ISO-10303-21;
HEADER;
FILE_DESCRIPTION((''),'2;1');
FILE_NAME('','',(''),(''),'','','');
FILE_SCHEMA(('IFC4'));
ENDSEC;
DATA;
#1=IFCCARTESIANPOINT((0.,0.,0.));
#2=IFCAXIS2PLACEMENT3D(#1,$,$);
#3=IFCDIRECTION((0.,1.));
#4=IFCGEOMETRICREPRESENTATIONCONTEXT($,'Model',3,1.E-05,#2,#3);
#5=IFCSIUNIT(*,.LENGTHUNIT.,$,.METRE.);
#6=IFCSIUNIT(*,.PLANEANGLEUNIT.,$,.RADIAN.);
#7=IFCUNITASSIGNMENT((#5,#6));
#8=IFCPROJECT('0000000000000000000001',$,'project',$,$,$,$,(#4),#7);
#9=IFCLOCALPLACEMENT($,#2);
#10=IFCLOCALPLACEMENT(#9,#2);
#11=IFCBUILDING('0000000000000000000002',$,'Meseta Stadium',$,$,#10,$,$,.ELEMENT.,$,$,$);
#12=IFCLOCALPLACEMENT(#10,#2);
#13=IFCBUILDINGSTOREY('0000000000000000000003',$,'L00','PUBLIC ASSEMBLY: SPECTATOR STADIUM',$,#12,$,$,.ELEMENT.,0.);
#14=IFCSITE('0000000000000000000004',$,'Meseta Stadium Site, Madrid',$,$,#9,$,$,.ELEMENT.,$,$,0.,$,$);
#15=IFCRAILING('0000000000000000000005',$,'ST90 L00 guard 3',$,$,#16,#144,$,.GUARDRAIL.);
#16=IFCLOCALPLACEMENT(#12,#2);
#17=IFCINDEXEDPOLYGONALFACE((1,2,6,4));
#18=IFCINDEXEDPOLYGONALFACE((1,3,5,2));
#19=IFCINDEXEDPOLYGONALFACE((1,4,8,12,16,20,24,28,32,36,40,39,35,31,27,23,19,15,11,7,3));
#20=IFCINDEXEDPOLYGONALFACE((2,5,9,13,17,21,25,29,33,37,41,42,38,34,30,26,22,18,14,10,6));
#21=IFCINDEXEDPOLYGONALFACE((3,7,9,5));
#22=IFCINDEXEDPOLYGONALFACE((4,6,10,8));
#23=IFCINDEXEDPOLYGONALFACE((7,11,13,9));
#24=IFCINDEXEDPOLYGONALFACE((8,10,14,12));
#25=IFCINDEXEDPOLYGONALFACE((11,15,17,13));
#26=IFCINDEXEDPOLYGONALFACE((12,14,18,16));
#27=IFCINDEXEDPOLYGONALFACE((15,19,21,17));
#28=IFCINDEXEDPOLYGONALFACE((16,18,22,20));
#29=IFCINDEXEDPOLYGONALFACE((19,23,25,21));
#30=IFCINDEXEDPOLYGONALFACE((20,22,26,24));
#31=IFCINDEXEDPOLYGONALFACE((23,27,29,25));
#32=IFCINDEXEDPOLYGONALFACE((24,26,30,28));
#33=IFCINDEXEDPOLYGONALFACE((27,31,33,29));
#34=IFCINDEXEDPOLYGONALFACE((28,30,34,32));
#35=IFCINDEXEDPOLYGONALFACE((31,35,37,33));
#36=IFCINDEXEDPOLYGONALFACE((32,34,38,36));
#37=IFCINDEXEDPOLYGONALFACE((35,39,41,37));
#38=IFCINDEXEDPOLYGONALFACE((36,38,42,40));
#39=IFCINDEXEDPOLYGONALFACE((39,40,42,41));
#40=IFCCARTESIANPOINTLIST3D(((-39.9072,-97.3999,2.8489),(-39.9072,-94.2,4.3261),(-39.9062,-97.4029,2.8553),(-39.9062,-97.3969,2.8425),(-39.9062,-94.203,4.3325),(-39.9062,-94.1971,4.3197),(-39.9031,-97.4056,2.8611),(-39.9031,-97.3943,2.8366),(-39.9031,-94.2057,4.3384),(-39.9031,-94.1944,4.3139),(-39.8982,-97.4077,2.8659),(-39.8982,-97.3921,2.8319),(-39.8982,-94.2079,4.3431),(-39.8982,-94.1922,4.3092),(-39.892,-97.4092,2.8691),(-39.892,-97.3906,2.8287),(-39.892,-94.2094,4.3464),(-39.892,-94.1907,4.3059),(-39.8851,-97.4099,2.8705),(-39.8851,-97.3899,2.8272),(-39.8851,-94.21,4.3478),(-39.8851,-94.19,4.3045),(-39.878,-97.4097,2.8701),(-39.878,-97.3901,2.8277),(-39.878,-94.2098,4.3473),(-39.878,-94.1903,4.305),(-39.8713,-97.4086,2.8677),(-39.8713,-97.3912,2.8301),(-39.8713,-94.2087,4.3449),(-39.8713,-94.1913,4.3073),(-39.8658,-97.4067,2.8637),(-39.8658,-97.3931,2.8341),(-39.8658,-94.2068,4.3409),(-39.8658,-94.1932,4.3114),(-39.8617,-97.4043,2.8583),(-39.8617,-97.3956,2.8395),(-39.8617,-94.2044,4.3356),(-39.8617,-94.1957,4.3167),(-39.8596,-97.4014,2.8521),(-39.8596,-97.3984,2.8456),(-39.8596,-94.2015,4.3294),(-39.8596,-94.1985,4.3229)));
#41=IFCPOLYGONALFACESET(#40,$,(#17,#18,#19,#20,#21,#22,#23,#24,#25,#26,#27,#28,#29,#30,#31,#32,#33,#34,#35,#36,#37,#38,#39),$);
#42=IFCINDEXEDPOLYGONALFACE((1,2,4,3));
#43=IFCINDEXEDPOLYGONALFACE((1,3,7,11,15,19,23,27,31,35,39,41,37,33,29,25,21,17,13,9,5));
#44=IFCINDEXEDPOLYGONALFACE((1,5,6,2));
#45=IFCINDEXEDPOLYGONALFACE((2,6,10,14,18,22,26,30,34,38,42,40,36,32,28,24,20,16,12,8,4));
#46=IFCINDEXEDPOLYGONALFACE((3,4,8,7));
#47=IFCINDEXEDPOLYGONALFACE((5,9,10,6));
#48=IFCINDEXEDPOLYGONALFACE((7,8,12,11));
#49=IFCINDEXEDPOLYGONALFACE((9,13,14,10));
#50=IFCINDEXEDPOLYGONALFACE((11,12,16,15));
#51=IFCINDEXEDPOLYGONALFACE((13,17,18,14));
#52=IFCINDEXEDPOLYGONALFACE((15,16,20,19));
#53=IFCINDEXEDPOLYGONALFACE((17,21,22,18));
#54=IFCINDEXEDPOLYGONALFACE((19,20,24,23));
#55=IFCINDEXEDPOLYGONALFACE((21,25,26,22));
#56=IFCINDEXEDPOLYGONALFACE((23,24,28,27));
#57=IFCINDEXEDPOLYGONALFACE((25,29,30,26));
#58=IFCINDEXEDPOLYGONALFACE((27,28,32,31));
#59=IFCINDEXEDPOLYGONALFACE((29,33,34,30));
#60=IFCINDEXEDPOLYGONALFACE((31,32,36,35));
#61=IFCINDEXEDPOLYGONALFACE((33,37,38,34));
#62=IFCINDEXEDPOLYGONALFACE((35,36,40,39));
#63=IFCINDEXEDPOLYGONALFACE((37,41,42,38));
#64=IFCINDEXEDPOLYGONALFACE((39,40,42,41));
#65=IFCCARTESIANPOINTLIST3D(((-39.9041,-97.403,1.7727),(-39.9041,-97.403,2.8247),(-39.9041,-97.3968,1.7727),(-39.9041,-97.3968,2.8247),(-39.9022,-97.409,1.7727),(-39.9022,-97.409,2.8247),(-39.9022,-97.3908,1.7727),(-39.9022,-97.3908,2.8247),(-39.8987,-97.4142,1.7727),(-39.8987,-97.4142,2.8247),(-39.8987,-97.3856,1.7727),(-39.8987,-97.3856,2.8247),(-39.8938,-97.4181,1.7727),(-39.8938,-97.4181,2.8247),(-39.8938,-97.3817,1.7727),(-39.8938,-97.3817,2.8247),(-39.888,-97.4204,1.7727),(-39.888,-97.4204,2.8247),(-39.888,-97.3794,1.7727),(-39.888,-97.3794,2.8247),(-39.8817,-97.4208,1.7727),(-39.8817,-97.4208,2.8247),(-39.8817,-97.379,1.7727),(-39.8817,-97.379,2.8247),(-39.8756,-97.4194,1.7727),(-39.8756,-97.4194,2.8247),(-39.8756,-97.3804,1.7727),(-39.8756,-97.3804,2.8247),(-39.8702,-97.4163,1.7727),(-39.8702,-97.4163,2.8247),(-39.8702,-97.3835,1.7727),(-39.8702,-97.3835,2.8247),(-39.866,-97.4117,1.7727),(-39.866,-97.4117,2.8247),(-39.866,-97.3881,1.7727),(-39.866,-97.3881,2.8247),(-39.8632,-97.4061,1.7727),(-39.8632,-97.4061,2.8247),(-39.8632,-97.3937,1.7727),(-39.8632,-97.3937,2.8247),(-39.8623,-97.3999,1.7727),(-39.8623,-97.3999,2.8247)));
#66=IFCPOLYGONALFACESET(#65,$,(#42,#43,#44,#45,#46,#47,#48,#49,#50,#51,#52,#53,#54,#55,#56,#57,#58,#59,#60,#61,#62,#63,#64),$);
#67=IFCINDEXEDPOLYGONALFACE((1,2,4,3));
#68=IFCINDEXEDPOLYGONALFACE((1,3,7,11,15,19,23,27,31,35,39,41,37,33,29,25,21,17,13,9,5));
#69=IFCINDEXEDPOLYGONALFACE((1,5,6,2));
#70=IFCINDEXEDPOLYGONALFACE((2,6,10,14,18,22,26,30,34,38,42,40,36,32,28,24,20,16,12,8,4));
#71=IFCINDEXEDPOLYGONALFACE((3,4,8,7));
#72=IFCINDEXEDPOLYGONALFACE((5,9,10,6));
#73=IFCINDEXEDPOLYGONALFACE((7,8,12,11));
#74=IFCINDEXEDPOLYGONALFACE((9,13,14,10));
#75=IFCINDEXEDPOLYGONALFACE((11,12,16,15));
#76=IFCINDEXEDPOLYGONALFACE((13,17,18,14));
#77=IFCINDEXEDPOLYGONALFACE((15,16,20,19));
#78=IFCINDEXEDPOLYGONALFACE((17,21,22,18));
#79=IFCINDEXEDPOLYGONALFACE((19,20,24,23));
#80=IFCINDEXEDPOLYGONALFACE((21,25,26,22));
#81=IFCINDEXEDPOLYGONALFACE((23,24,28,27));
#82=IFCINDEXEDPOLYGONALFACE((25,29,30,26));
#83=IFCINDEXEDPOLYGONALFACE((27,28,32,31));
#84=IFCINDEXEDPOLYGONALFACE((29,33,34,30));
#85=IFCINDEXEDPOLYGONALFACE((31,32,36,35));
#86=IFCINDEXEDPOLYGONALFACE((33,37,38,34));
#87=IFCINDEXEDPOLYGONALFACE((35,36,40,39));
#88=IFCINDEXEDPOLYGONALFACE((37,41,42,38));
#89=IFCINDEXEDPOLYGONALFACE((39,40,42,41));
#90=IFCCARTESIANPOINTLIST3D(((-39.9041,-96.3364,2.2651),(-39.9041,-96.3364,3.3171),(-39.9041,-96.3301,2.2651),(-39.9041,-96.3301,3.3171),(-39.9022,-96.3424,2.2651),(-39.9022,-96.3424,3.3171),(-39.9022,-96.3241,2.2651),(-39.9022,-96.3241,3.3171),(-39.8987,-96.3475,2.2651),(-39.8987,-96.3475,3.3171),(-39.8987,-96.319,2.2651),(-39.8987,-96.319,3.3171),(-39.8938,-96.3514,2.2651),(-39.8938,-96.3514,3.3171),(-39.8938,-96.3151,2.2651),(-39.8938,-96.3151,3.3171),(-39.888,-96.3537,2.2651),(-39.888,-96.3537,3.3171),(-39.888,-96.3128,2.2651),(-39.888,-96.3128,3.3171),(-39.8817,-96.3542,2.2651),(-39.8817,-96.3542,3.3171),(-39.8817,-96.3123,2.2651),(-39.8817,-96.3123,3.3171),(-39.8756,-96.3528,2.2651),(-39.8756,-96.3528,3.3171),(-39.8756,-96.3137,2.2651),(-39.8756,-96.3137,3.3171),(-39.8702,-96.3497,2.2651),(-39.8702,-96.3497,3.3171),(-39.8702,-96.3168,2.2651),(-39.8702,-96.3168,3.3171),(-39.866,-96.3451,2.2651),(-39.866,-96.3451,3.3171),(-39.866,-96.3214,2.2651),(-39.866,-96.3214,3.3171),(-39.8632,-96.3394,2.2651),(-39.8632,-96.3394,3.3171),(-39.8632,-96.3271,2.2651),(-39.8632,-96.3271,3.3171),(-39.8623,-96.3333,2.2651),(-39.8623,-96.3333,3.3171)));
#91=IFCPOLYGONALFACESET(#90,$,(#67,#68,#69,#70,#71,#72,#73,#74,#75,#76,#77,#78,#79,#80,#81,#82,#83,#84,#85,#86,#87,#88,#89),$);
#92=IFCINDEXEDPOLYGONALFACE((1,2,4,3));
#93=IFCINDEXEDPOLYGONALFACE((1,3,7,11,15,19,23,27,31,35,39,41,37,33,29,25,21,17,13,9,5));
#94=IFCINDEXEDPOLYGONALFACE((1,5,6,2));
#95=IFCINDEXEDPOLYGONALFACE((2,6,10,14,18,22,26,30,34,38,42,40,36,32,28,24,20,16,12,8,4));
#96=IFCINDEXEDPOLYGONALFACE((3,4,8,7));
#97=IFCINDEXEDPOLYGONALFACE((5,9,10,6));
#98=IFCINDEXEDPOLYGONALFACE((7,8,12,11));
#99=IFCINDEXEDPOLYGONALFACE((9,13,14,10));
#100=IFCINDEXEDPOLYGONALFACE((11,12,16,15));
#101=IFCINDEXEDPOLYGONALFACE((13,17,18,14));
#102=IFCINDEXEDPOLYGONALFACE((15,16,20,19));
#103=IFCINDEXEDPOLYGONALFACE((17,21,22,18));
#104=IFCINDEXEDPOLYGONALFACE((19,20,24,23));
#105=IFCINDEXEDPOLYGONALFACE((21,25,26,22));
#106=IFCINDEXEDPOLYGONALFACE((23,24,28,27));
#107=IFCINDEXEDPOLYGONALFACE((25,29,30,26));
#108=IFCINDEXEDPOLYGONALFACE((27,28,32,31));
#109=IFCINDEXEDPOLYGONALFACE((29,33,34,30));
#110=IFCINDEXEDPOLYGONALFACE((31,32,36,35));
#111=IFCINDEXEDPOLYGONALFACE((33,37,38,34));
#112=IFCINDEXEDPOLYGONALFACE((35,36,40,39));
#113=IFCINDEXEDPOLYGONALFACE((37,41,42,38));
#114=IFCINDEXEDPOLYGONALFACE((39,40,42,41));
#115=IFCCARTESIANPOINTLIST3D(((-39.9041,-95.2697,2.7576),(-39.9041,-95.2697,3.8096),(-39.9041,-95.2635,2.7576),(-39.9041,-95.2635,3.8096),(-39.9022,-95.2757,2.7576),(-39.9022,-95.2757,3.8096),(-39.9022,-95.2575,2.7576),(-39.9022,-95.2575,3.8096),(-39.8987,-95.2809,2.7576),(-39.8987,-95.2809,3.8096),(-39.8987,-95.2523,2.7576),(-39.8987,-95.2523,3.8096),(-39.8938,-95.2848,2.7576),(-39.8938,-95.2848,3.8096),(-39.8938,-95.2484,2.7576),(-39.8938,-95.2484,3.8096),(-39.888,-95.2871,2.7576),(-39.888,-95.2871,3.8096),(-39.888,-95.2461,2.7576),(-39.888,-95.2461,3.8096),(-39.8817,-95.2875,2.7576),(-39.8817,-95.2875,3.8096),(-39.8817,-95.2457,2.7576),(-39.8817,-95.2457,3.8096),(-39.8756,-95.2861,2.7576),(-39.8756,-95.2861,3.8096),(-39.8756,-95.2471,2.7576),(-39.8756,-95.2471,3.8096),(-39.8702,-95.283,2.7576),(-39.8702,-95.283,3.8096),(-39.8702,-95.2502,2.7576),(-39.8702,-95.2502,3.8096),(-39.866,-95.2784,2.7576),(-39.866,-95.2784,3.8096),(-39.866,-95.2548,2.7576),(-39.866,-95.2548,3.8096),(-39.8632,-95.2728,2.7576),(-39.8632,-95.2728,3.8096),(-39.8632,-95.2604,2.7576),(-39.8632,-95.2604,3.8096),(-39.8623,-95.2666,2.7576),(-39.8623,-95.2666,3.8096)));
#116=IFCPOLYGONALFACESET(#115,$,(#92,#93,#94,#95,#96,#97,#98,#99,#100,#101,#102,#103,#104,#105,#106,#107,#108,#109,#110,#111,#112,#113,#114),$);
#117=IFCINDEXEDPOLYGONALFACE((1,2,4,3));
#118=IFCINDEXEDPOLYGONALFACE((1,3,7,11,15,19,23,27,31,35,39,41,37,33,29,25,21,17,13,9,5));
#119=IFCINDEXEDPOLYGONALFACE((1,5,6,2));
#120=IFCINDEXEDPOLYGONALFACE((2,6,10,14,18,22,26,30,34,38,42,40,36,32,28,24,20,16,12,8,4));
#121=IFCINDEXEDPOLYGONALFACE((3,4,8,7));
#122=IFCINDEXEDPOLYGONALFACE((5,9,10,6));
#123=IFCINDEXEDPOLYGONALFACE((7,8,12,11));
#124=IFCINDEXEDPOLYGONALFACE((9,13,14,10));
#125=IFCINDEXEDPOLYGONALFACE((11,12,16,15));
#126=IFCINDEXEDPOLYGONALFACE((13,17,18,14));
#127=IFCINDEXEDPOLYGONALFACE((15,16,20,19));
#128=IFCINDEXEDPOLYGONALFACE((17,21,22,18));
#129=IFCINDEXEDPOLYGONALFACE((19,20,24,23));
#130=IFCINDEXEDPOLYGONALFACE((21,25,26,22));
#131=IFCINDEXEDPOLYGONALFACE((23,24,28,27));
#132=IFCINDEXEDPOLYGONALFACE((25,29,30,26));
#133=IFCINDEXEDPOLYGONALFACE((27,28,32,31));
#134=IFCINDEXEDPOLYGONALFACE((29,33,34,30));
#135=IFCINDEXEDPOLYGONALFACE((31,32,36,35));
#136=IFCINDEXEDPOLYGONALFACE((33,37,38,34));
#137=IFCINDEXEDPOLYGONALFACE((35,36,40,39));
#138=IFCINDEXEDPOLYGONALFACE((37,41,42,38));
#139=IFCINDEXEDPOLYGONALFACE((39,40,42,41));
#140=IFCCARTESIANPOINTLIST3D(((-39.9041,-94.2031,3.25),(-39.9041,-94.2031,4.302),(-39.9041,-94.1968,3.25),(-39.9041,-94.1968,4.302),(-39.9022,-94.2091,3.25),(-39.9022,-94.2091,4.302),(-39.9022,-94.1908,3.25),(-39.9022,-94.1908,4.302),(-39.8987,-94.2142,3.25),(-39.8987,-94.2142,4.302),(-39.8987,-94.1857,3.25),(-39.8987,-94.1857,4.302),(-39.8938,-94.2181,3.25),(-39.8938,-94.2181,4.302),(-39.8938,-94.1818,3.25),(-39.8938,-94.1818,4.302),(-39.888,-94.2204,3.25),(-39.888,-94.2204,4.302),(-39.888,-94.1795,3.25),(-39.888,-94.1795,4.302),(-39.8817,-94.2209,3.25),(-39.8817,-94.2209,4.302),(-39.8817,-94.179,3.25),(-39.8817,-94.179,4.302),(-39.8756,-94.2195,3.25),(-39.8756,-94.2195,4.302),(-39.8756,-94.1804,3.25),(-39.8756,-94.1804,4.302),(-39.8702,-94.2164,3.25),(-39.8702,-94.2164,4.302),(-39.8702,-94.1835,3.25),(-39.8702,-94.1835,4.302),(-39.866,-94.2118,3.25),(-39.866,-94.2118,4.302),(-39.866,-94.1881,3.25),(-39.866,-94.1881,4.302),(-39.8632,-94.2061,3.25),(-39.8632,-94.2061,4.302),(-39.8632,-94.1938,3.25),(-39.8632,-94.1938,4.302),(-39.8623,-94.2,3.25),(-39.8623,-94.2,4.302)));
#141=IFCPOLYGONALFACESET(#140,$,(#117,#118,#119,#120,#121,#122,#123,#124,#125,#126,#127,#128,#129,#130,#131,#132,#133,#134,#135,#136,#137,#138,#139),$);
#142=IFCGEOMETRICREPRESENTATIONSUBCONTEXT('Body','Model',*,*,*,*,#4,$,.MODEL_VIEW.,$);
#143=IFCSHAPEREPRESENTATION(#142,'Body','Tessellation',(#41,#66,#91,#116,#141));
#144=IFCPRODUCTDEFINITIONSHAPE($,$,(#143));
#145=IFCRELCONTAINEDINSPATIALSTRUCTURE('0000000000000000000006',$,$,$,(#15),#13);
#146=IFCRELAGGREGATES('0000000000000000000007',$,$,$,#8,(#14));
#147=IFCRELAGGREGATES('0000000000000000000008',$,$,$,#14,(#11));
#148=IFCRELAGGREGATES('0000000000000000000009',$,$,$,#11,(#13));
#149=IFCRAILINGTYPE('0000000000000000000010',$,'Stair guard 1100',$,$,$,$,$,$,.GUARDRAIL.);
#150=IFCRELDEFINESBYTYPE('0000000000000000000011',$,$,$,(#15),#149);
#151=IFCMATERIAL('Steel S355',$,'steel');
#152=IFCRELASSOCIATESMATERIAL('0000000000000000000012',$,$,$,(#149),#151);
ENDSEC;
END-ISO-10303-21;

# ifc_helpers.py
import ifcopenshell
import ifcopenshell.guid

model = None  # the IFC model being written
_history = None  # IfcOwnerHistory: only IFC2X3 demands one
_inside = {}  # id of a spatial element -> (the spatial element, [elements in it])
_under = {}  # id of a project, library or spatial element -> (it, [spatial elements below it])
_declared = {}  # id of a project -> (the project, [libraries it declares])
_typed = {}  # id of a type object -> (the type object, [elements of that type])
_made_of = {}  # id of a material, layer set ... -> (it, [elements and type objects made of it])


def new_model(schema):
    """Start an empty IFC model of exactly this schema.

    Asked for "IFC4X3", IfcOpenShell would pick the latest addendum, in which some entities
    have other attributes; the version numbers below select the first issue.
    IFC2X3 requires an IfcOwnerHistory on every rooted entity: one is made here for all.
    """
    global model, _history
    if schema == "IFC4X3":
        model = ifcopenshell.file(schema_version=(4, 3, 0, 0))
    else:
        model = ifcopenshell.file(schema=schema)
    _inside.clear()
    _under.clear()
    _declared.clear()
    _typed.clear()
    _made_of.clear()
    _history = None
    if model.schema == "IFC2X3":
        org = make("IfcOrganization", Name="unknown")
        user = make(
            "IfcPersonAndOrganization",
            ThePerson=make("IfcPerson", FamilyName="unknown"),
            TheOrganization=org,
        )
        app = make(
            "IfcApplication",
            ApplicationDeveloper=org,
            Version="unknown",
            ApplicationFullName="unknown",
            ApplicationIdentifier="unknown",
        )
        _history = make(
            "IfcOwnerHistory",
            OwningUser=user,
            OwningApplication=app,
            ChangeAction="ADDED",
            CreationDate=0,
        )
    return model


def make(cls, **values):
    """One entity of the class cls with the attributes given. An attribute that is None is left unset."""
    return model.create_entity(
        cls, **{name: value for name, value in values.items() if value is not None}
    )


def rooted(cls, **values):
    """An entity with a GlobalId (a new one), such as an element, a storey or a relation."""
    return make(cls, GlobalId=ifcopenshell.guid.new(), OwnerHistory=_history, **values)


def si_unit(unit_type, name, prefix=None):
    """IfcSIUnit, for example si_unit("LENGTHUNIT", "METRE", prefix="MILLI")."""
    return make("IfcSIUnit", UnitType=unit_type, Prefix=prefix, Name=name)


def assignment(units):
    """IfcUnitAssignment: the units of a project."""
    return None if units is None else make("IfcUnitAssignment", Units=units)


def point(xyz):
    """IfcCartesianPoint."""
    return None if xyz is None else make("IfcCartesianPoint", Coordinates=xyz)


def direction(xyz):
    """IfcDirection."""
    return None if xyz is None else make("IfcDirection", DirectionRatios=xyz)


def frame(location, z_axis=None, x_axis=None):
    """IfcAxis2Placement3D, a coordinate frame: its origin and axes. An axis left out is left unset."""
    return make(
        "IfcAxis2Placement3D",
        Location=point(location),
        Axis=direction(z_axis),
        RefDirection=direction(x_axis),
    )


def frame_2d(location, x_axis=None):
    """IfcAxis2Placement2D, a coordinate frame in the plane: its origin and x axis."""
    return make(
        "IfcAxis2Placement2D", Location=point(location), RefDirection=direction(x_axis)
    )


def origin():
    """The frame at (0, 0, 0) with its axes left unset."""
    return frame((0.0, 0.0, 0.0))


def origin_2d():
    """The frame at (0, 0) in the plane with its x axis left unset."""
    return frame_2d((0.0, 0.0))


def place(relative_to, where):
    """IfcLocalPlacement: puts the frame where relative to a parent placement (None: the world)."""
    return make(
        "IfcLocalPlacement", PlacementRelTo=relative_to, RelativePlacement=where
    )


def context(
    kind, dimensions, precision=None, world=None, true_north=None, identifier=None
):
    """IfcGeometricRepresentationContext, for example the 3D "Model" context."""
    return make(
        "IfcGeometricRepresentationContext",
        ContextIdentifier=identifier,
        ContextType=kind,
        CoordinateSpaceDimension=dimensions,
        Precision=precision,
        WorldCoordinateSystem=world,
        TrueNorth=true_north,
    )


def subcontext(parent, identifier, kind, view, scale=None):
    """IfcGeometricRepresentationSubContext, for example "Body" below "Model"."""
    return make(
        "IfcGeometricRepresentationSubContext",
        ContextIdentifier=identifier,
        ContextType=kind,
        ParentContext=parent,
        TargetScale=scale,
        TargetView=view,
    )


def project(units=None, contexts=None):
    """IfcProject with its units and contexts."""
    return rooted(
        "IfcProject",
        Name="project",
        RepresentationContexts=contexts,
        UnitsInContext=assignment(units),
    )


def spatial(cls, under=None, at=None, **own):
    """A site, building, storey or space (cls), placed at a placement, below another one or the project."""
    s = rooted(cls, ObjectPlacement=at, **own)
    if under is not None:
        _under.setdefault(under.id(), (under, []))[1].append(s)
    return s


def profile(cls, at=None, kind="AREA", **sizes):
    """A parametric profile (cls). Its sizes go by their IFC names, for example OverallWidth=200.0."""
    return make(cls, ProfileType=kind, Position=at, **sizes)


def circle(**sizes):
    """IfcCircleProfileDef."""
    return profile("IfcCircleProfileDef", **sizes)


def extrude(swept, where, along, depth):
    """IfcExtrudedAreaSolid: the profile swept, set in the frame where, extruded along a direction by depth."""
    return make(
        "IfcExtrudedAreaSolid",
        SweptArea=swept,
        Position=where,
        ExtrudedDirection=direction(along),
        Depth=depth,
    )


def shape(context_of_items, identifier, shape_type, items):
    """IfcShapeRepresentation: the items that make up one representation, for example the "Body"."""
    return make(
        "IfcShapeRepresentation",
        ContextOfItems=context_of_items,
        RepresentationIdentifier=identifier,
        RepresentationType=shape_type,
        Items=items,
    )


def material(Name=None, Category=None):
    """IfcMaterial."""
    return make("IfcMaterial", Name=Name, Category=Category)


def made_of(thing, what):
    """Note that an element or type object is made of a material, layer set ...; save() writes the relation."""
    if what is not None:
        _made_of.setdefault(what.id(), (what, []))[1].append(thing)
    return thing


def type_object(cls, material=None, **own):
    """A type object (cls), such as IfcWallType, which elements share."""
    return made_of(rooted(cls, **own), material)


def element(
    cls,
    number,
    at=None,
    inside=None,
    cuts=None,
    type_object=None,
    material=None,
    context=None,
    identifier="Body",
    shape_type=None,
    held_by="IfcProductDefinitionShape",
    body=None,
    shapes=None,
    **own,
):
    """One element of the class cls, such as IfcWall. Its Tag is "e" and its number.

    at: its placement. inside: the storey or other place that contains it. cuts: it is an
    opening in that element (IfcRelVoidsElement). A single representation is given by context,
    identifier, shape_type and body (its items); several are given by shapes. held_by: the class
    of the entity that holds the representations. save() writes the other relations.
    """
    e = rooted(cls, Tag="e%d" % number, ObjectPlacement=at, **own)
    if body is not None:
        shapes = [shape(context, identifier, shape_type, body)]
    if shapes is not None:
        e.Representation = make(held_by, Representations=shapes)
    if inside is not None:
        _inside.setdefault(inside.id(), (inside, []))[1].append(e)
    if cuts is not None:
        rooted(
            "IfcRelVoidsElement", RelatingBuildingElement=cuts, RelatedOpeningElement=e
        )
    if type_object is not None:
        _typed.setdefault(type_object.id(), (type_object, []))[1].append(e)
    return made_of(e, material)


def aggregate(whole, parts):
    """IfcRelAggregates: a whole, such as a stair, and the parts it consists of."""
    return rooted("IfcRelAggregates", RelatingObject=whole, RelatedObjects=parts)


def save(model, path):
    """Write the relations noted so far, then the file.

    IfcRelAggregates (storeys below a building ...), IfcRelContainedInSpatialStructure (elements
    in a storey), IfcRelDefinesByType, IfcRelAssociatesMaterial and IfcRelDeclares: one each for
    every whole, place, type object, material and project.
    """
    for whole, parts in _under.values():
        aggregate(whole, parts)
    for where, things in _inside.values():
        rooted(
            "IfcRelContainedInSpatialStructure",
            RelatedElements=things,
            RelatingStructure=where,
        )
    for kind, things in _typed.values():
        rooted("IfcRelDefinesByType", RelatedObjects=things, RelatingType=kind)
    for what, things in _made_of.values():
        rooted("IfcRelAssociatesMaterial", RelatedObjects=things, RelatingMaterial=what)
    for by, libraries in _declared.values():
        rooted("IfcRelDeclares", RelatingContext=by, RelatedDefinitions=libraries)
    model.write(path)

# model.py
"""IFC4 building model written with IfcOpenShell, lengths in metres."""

from ifc_helpers import new_model, si_unit, direction, frame, origin, origin_2d, place, context, subcontext, project, spatial, circle, extrude, material, type_object, element, save


model = new_model("IFC4")

# Units and contexts
model_context = context("Model", 3, precision=1e-05, world=origin(), true_north=direction((0.0, 1.0)))
body_context = subcontext(model_context, "Body", "Model", "MODEL_VIEW")
ifc_project = project(units=[si_unit("LENGTHUNIT", "METRE"), si_unit("PLANEANGLEUNIT", "RADIAN")], contexts=[model_context])

# Site, building, storey
site_placement = place(None, origin())
site = spatial("IfcSite", under=ifc_project, at=site_placement, Name="Meseta Stadium Site, Madrid", CompositionType="ELEMENT", RefElevation=0.0)
building_placement = place(site_placement, origin())
building = spatial("IfcBuilding", under=site, at=building_placement, Name="Meseta Stadium", CompositionType="ELEMENT")
storey_placement = place(building_placement, origin())
storey = spatial("IfcBuildingStorey", under=building, at=storey_placement, Name="L00", Description="PUBLIC ASSEMBLY: SPECTATOR STADIUM", CompositionType="ELEMENT", Elevation=0.0)

# Railing
ifc_material_1 = material(Name="Steel S355", Category="steel")
railing_type_1 = type_object("IfcRailingType", Name="Stair guard 1100", PredefinedType="GUARDRAIL", material=ifc_material_1)
railing_1_placement = place(storey_placement, frame((-39.8833, -97.3999, 1.7727)))
element("IfcRailing", 1, at=railing_1_placement, inside=storey, type_object=railing_type_1, Name="ST90 L00 guard 3", PredefinedType="GUARDRAIL", context=body_context, shape_type="SweptSolid", body=[
    extrude(circle(Radius=0.0239, at=origin_2d()), frame((0.0, 0.0, 1.0762), z_axis=(0.0, 0.907917, 0.41915), x_axis=(-1.0, 0.0, 0.0)), (0.0, 0.0, 1.0), 3.5244),
    extrude(circle(Radius=0.021, at=origin_2d()), origin(), (0.0, 0.0, 1.0), 1.052),
    extrude(circle(Radius=0.021, at=origin_2d()), frame((0.0, 1.0667, 0.4924)), (0.0, 0.0, 1.0), 1.052),
    extrude(circle(Radius=0.021, at=origin_2d()), frame((0.0, 2.1333, 0.9849)), (0.0, 0.0, 1.0), 1.052),
    extrude(circle(Radius=0.021, at=origin_2d()), frame((0.0, 3.2, 1.4773)), (0.0, 0.0, 1.0), 1.052),
])

save(model, "model.ifc")
